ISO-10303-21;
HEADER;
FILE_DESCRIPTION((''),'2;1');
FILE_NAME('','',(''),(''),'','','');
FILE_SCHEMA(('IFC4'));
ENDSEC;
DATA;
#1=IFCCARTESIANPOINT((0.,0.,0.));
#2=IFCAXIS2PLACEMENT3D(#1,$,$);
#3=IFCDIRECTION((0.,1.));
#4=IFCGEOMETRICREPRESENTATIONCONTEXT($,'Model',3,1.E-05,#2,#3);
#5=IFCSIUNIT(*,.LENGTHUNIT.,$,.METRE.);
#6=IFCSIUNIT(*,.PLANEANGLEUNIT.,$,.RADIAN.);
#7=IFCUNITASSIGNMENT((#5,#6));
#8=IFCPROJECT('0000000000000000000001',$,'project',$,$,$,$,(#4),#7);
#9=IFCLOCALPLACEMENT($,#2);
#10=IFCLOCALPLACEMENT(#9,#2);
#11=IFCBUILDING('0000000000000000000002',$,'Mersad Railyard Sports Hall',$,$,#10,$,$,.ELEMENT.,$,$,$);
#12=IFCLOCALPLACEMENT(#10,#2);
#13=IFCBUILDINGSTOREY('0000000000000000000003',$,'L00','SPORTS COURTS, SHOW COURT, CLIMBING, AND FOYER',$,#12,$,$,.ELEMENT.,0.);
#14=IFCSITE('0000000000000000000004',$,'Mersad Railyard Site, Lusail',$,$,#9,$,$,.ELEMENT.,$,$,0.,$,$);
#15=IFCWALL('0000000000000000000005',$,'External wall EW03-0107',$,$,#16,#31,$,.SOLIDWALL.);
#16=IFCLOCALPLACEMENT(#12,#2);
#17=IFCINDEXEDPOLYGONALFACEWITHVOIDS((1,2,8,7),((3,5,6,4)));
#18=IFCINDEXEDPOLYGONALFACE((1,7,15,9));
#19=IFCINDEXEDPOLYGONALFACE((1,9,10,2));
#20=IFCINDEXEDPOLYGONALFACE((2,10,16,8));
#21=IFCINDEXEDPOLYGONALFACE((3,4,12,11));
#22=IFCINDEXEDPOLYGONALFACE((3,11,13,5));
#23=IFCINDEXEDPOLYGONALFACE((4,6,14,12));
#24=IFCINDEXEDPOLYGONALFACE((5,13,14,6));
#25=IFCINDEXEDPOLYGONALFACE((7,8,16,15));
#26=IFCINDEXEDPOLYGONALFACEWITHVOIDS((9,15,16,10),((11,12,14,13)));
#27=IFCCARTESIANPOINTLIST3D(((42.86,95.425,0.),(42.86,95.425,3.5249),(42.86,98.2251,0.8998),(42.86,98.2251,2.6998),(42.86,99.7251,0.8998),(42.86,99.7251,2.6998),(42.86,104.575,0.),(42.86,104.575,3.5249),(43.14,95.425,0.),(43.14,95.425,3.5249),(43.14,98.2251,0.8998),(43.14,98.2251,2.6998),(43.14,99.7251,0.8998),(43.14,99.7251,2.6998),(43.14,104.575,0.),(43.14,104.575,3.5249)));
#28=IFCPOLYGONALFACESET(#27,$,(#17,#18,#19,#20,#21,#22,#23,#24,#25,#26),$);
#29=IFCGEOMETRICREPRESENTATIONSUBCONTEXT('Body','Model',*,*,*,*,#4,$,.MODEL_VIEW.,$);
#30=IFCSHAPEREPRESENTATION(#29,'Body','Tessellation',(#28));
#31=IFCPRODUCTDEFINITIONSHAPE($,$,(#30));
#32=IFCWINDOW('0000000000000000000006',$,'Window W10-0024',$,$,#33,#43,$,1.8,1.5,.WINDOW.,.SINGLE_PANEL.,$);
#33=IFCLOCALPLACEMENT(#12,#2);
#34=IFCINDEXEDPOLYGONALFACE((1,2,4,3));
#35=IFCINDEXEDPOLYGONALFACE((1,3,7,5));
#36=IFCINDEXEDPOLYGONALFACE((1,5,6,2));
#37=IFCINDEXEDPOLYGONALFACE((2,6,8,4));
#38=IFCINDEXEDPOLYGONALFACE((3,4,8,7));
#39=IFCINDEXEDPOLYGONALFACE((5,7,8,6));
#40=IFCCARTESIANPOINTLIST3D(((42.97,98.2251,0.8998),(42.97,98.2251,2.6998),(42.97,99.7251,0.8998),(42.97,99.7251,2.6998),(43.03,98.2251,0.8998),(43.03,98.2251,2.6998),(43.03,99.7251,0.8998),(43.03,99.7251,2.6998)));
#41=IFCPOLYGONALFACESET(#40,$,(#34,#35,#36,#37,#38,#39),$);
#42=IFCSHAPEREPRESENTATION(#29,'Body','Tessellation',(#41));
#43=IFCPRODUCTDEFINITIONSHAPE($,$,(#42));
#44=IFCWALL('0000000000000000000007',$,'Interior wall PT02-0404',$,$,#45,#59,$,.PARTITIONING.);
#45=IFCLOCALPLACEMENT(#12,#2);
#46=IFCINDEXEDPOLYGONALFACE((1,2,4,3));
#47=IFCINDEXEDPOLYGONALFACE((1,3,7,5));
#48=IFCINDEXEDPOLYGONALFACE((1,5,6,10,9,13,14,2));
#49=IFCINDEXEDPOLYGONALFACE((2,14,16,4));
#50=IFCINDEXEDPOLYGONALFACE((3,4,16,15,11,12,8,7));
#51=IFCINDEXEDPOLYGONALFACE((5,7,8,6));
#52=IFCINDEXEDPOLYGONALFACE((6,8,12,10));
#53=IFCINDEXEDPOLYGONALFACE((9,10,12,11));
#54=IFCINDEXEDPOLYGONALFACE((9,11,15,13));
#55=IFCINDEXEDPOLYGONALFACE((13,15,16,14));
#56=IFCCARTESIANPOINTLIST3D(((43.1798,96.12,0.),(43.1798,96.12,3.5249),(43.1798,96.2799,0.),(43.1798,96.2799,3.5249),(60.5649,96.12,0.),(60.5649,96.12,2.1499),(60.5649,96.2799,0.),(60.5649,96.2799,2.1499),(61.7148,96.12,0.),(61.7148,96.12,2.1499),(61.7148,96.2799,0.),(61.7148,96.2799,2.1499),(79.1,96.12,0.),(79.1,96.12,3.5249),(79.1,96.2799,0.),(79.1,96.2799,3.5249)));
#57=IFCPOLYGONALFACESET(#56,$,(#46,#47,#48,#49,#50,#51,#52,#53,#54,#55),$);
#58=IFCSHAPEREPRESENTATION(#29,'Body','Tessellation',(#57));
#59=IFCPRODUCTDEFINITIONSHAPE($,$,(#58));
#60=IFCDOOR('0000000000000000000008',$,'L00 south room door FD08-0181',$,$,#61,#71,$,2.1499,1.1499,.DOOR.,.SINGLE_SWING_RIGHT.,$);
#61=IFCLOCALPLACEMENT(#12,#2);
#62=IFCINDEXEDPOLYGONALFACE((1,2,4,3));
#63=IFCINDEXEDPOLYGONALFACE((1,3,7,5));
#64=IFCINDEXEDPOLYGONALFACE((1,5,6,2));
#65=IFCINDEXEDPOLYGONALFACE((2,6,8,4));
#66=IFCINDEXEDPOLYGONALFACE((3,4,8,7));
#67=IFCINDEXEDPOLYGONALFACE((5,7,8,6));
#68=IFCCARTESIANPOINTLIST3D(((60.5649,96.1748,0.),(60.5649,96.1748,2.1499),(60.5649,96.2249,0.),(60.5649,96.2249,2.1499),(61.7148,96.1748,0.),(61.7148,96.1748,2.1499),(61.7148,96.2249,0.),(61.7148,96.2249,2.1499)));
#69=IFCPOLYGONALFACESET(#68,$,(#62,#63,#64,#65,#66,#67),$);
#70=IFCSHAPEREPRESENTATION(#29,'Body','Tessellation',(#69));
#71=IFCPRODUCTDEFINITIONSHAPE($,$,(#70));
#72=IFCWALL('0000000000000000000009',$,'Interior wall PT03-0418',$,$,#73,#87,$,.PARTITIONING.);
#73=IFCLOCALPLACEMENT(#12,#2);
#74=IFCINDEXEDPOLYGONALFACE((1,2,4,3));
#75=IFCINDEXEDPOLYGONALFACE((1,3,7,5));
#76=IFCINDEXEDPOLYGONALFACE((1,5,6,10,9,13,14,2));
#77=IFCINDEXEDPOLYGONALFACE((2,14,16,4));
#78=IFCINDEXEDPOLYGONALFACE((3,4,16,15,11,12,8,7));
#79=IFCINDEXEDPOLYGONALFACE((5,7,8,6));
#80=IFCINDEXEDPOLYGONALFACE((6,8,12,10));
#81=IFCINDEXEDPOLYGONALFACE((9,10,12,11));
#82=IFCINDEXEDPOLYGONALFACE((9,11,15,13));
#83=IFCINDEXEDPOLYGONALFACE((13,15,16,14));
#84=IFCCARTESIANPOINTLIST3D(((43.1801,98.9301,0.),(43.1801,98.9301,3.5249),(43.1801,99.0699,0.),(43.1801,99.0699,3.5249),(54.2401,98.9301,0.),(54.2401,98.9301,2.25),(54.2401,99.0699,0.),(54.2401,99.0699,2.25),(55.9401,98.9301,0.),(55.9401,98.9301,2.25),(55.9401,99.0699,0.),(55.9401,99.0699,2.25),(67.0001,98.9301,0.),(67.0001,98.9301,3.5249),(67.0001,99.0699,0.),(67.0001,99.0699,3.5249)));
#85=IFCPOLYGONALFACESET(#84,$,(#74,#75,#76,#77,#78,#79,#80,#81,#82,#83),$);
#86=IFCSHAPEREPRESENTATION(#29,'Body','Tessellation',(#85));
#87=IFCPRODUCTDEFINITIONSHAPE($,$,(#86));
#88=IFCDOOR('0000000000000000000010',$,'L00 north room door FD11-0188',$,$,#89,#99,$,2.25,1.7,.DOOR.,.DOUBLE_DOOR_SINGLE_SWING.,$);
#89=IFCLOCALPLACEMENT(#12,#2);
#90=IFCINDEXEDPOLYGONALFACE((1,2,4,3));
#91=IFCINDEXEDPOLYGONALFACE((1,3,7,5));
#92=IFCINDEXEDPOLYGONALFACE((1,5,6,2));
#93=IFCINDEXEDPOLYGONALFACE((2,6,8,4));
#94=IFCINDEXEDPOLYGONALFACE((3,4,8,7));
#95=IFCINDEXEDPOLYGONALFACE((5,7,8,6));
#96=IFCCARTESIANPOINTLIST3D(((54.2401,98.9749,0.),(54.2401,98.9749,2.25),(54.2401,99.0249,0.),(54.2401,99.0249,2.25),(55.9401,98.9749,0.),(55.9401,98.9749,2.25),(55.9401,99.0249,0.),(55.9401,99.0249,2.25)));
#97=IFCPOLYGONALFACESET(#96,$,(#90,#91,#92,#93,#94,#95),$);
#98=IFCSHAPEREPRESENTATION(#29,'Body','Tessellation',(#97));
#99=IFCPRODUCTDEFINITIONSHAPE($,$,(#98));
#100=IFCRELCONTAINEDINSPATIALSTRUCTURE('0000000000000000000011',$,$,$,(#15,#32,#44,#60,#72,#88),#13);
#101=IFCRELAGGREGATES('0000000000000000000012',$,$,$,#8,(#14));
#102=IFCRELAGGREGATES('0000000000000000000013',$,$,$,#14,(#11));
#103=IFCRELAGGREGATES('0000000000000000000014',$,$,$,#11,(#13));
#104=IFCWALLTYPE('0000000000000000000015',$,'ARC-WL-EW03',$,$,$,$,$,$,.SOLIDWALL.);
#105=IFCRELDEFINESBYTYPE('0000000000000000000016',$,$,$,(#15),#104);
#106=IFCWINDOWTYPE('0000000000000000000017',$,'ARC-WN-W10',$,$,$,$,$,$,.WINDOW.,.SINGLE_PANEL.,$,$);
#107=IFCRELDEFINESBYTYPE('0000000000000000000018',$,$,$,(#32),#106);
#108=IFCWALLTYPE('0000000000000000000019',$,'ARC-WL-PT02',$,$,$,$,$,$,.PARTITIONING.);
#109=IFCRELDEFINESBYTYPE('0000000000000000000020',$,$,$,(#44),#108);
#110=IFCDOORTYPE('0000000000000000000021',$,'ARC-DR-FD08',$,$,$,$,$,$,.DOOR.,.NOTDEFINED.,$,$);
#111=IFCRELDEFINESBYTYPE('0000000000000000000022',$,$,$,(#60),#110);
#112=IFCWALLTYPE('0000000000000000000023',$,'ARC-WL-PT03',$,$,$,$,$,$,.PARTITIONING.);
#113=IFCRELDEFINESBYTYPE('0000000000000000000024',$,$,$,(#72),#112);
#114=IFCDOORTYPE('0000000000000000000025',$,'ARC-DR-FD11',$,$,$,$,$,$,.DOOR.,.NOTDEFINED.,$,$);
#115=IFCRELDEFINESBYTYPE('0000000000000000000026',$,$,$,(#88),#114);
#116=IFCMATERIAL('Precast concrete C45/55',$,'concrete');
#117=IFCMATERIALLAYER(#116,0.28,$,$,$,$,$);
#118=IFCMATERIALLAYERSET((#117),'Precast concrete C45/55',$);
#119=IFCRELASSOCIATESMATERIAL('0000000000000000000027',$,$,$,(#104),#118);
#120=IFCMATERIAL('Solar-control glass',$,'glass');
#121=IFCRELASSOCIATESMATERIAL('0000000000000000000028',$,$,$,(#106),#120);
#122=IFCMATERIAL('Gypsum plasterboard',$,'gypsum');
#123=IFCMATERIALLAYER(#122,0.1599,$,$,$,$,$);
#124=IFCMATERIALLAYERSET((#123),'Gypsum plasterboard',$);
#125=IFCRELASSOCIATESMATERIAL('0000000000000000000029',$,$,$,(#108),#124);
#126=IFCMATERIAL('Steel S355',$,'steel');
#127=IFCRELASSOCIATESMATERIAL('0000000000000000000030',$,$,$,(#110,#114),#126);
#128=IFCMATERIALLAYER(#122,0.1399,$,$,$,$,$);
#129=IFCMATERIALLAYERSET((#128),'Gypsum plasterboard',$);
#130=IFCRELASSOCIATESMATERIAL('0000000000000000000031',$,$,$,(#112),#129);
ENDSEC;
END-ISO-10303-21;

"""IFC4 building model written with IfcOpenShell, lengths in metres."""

from ifc_helpers import new_model, si_unit, direction, frame, frame_2d, origin, place, context, subcontext, project, spatial, rectangle, extrude, material, layer, layer_set, type_object, element, fill, save


model = new_model("IFC4")

# Units and contexts
model_context = context("Model", 3, precision=1e-05, world=origin(), true_north=direction((0.0, 1.0)))
body_context = subcontext(model_context, "Body", "Model", "MODEL_VIEW")
ifc_project = project(units=[si_unit("LENGTHUNIT", "METRE"), si_unit("PLANEANGLEUNIT", "RADIAN")], contexts=[model_context])

# Site, building, storey
site_placement = place(None, origin())
site = spatial("IfcSite", under=ifc_project, at=site_placement, Name="Mersad Railyard Site, Lusail", CompositionType="ELEMENT", RefElevation=0.0)
building_placement = place(site_placement, origin())
building = spatial("IfcBuilding", under=site, at=building_placement, Name="Mersad Railyard Sports Hall", CompositionType="ELEMENT")
storey_placement = place(building_placement, origin())
storey = spatial("IfcBuildingStorey", under=building, at=storey_placement, Name="L00", Description="SPORTS COURTS, SHOW COURT, CLIMBING, AND FOYER", CompositionType="ELEMENT", Elevation=0.0)

# Wall, opening, window
ifc_material_1 = material(Name="Precast concrete C45/55", Category="concrete")
ifc_layer_1 = layer(ifc_material_1, 0.28)
ifc_layer_set_1 = layer_set([ifc_layer_1], Name="Precast concrete C45/55")
wall_type_1 = type_object("IfcWallType", Name="ARC-WL-EW03", PredefinedType="SOLIDWALL", material=ifc_layer_set_1)
ifc_material_2 = material(Name="Solar-control glass", Category="glass")
wall_1_placement = place(storey_placement, frame((43.0, 95.425, 0.0), z_axis=(0.0, 0.0, 1.0), x_axis=(0.0, 1.0, 0.0)))
wall_1 = element("IfcWall", 1, at=wall_1_placement, inside=storey, type_object=wall_type_1, Name="External wall EW03-0107", PredefinedType="SOLIDWALL", context=body_context, shape_type="SweptSolid", body=[
    extrude(rectangle(XDim=9.1499, YDim=0.28, at=frame_2d((4.575, 0.0))), origin(), (0.0, 0.0, 1.0), 3.5249),
])
opening_1_placement = place(wall_1_placement, frame((2.8, 0.0, 0.8999)))
opening_1 = element("IfcOpeningElement", 2, at=opening_1_placement, cuts=wall_1, PredefinedType="OPENING", context=body_context, shape_type="SweptSolid", body=[
    extrude(rectangle(XDim=1.5, YDim=1.8, at=frame_2d((0.75, 0.8999))), frame((0.0, 0.1499, 0.0), z_axis=(0.0, -1.0, 0.0), x_axis=(1.0, 0.0, 0.0)), (0.0, 0.0, 1.0), 0.3),
])
window_type_1 = type_object("IfcWindowType", Name="ARC-WN-W10", PartitioningType="SINGLE_PANEL", PredefinedType="WINDOW", material=ifc_material_2)
window_1_placement = place(opening_1_placement, origin())
window_1 = element("IfcWindow", 3, at=window_1_placement, inside=storey, type_object=window_type_1, Name="Window W10-0024", OverallHeight=1.8, OverallWidth=1.5, PartitioningType="SINGLE_PANEL", PredefinedType="WINDOW", context=body_context, shape_type="SweptSolid", body=[
    extrude(rectangle(XDim=1.5, YDim=1.8, at=frame_2d((0.75, 0.8999))), frame((0.0, 0.03, 0.0), z_axis=(0.0, -1.0, 0.0), x_axis=(1.0, 0.0, 0.0)), (0.0, 0.0, 1.0), 0.0601),
])
fill(opening_1, window_1)

# Walls, openings, doors
ifc_material_3 = material(Name="Gypsum plasterboard", Category="gypsum")
ifc_layer_2 = layer(ifc_material_3, 0.1599)
ifc_layer_set_2 = layer_set([ifc_layer_2], Name="Gypsum plasterboard")
wall_type_2 = type_object("IfcWallType", Name="ARC-WL-PT02", PredefinedType="PARTITIONING", material=ifc_layer_set_2)
wall_2_placement = place(storey_placement, frame((43.1799, 96.2, 0.0), z_axis=(0.0, 0.0, 1.0), x_axis=(1.0, 0.0, 0.0)))
wall_2 = element("IfcWall", 4, at=wall_2_placement, inside=storey, type_object=wall_type_2, Name="Interior wall PT02-0404", PredefinedType="PARTITIONING", context=body_context, shape_type="SweptSolid", body=[
    extrude(rectangle(XDim=35.9202, YDim=0.1599, at=frame_2d((17.96, 0.0))), origin(), (0.0, 0.0, 1.0), 3.5249),
])
opening_2_placement = place(wall_2_placement, frame((17.385, 0.0, 0.0)))
opening_2 = element("IfcOpeningElement", 5, at=opening_2_placement, cuts=wall_2, PredefinedType="OPENING", context=body_context, shape_type="SweptSolid", body=[
    extrude(rectangle(XDim=1.1499, YDim=2.1499, at=frame_2d((0.575, 1.075))), frame((0.0, 0.0898, 0.0), z_axis=(0.0, -1.0, 0.0), x_axis=(1.0, 0.0, 0.0)), (0.0, 0.0, 1.0), 0.1799),
])
ifc_material_4 = material(Name="Steel S355", Category="steel")
door_type_1 = type_object("IfcDoorType", Name="ARC-DR-FD08", OperationType="NOTDEFINED", PredefinedType="DOOR", material=ifc_material_4)
door_1_placement = place(opening_2_placement, origin())
door_1 = element("IfcDoor", 6, at=door_1_placement, inside=storey, type_object=door_type_1, Name="L00 south room door FD08-0181", OperationType="SINGLE_SWING_RIGHT", OverallHeight=2.1499, OverallWidth=1.1499, PredefinedType="DOOR", context=body_context, shape_type="SweptSolid", body=[
    extrude(rectangle(XDim=1.1499, YDim=2.1499, at=frame_2d((0.575, 1.075))), frame((0.0, 0.0249, 0.0), z_axis=(0.0, -1.0, 0.0), x_axis=(1.0, 0.0, 0.0)), (0.0, 0.0, 1.0), 0.05),
])
fill(opening_2, door_1)
ifc_layer_3 = layer(ifc_material_3, 0.1399)
ifc_layer_set_3 = layer_set([ifc_layer_3], Name="Gypsum plasterboard")
wall_type_3 = type_object("IfcWallType", Name="ARC-WL-PT03", PredefinedType="PARTITIONING", material=ifc_layer_set_3)
wall_3_placement = place(storey_placement, frame((43.1799, 99.0, 0.0), z_axis=(0.0, 0.0, 1.0), x_axis=(1.0, 0.0, 0.0)))
wall_3 = element("IfcWall", 7, at=wall_3_placement, inside=storey, type_object=wall_type_3, Name="Interior wall PT03-0418", PredefinedType="PARTITIONING", context=body_context, shape_type="SweptSolid", body=[
    extrude(rectangle(XDim=23.8201, YDim=0.1399, at=frame_2d((11.9102, 0.0))), origin(), (0.0, 0.0, 1.0), 3.5249),
])
opening_3_placement = place(wall_3_placement, frame((11.0601, 0.0, 0.0)))
opening_3 = element("IfcOpeningElement", 8, at=opening_3_placement, cuts=wall_3, PredefinedType="OPENING", context=body_context, shape_type="SweptSolid", body=[
    extrude(rectangle(XDim=1.7, YDim=2.25, at=frame_2d((0.8501, 1.125))), frame((0.0, 0.0798, 0.0), z_axis=(0.0, -1.0, 0.0), x_axis=(1.0, 0.0, 0.0)), (0.0, 0.0, 1.0), 0.1599),
])
door_type_2 = type_object("IfcDoorType", Name="ARC-DR-FD11", OperationType="NOTDEFINED", PredefinedType="DOOR", material=ifc_material_4)
door_2_placement = place(opening_3_placement, origin())
door_2 = element("IfcDoor", 9, at=door_2_placement, inside=storey, type_object=door_type_2, Name="L00 north room door FD11-0188", OperationType="DOUBLE_DOOR_SINGLE_SWING", OverallHeight=2.25, OverallWidth=1.7, PredefinedType="DOOR", context=body_context, shape_type="SweptSolid", body=[
    extrude(rectangle(XDim=1.7, YDim=2.25, at=frame_2d((0.8501, 1.125))), frame((0.0, 0.0249, 0.0), z_axis=(0.0, -1.0, 0.0), x_axis=(1.0, 0.0, 0.0)), (0.0, 0.0, 1.0), 0.05),
])
fill(opening_3, door_2)

save(model, "model.ifc")
